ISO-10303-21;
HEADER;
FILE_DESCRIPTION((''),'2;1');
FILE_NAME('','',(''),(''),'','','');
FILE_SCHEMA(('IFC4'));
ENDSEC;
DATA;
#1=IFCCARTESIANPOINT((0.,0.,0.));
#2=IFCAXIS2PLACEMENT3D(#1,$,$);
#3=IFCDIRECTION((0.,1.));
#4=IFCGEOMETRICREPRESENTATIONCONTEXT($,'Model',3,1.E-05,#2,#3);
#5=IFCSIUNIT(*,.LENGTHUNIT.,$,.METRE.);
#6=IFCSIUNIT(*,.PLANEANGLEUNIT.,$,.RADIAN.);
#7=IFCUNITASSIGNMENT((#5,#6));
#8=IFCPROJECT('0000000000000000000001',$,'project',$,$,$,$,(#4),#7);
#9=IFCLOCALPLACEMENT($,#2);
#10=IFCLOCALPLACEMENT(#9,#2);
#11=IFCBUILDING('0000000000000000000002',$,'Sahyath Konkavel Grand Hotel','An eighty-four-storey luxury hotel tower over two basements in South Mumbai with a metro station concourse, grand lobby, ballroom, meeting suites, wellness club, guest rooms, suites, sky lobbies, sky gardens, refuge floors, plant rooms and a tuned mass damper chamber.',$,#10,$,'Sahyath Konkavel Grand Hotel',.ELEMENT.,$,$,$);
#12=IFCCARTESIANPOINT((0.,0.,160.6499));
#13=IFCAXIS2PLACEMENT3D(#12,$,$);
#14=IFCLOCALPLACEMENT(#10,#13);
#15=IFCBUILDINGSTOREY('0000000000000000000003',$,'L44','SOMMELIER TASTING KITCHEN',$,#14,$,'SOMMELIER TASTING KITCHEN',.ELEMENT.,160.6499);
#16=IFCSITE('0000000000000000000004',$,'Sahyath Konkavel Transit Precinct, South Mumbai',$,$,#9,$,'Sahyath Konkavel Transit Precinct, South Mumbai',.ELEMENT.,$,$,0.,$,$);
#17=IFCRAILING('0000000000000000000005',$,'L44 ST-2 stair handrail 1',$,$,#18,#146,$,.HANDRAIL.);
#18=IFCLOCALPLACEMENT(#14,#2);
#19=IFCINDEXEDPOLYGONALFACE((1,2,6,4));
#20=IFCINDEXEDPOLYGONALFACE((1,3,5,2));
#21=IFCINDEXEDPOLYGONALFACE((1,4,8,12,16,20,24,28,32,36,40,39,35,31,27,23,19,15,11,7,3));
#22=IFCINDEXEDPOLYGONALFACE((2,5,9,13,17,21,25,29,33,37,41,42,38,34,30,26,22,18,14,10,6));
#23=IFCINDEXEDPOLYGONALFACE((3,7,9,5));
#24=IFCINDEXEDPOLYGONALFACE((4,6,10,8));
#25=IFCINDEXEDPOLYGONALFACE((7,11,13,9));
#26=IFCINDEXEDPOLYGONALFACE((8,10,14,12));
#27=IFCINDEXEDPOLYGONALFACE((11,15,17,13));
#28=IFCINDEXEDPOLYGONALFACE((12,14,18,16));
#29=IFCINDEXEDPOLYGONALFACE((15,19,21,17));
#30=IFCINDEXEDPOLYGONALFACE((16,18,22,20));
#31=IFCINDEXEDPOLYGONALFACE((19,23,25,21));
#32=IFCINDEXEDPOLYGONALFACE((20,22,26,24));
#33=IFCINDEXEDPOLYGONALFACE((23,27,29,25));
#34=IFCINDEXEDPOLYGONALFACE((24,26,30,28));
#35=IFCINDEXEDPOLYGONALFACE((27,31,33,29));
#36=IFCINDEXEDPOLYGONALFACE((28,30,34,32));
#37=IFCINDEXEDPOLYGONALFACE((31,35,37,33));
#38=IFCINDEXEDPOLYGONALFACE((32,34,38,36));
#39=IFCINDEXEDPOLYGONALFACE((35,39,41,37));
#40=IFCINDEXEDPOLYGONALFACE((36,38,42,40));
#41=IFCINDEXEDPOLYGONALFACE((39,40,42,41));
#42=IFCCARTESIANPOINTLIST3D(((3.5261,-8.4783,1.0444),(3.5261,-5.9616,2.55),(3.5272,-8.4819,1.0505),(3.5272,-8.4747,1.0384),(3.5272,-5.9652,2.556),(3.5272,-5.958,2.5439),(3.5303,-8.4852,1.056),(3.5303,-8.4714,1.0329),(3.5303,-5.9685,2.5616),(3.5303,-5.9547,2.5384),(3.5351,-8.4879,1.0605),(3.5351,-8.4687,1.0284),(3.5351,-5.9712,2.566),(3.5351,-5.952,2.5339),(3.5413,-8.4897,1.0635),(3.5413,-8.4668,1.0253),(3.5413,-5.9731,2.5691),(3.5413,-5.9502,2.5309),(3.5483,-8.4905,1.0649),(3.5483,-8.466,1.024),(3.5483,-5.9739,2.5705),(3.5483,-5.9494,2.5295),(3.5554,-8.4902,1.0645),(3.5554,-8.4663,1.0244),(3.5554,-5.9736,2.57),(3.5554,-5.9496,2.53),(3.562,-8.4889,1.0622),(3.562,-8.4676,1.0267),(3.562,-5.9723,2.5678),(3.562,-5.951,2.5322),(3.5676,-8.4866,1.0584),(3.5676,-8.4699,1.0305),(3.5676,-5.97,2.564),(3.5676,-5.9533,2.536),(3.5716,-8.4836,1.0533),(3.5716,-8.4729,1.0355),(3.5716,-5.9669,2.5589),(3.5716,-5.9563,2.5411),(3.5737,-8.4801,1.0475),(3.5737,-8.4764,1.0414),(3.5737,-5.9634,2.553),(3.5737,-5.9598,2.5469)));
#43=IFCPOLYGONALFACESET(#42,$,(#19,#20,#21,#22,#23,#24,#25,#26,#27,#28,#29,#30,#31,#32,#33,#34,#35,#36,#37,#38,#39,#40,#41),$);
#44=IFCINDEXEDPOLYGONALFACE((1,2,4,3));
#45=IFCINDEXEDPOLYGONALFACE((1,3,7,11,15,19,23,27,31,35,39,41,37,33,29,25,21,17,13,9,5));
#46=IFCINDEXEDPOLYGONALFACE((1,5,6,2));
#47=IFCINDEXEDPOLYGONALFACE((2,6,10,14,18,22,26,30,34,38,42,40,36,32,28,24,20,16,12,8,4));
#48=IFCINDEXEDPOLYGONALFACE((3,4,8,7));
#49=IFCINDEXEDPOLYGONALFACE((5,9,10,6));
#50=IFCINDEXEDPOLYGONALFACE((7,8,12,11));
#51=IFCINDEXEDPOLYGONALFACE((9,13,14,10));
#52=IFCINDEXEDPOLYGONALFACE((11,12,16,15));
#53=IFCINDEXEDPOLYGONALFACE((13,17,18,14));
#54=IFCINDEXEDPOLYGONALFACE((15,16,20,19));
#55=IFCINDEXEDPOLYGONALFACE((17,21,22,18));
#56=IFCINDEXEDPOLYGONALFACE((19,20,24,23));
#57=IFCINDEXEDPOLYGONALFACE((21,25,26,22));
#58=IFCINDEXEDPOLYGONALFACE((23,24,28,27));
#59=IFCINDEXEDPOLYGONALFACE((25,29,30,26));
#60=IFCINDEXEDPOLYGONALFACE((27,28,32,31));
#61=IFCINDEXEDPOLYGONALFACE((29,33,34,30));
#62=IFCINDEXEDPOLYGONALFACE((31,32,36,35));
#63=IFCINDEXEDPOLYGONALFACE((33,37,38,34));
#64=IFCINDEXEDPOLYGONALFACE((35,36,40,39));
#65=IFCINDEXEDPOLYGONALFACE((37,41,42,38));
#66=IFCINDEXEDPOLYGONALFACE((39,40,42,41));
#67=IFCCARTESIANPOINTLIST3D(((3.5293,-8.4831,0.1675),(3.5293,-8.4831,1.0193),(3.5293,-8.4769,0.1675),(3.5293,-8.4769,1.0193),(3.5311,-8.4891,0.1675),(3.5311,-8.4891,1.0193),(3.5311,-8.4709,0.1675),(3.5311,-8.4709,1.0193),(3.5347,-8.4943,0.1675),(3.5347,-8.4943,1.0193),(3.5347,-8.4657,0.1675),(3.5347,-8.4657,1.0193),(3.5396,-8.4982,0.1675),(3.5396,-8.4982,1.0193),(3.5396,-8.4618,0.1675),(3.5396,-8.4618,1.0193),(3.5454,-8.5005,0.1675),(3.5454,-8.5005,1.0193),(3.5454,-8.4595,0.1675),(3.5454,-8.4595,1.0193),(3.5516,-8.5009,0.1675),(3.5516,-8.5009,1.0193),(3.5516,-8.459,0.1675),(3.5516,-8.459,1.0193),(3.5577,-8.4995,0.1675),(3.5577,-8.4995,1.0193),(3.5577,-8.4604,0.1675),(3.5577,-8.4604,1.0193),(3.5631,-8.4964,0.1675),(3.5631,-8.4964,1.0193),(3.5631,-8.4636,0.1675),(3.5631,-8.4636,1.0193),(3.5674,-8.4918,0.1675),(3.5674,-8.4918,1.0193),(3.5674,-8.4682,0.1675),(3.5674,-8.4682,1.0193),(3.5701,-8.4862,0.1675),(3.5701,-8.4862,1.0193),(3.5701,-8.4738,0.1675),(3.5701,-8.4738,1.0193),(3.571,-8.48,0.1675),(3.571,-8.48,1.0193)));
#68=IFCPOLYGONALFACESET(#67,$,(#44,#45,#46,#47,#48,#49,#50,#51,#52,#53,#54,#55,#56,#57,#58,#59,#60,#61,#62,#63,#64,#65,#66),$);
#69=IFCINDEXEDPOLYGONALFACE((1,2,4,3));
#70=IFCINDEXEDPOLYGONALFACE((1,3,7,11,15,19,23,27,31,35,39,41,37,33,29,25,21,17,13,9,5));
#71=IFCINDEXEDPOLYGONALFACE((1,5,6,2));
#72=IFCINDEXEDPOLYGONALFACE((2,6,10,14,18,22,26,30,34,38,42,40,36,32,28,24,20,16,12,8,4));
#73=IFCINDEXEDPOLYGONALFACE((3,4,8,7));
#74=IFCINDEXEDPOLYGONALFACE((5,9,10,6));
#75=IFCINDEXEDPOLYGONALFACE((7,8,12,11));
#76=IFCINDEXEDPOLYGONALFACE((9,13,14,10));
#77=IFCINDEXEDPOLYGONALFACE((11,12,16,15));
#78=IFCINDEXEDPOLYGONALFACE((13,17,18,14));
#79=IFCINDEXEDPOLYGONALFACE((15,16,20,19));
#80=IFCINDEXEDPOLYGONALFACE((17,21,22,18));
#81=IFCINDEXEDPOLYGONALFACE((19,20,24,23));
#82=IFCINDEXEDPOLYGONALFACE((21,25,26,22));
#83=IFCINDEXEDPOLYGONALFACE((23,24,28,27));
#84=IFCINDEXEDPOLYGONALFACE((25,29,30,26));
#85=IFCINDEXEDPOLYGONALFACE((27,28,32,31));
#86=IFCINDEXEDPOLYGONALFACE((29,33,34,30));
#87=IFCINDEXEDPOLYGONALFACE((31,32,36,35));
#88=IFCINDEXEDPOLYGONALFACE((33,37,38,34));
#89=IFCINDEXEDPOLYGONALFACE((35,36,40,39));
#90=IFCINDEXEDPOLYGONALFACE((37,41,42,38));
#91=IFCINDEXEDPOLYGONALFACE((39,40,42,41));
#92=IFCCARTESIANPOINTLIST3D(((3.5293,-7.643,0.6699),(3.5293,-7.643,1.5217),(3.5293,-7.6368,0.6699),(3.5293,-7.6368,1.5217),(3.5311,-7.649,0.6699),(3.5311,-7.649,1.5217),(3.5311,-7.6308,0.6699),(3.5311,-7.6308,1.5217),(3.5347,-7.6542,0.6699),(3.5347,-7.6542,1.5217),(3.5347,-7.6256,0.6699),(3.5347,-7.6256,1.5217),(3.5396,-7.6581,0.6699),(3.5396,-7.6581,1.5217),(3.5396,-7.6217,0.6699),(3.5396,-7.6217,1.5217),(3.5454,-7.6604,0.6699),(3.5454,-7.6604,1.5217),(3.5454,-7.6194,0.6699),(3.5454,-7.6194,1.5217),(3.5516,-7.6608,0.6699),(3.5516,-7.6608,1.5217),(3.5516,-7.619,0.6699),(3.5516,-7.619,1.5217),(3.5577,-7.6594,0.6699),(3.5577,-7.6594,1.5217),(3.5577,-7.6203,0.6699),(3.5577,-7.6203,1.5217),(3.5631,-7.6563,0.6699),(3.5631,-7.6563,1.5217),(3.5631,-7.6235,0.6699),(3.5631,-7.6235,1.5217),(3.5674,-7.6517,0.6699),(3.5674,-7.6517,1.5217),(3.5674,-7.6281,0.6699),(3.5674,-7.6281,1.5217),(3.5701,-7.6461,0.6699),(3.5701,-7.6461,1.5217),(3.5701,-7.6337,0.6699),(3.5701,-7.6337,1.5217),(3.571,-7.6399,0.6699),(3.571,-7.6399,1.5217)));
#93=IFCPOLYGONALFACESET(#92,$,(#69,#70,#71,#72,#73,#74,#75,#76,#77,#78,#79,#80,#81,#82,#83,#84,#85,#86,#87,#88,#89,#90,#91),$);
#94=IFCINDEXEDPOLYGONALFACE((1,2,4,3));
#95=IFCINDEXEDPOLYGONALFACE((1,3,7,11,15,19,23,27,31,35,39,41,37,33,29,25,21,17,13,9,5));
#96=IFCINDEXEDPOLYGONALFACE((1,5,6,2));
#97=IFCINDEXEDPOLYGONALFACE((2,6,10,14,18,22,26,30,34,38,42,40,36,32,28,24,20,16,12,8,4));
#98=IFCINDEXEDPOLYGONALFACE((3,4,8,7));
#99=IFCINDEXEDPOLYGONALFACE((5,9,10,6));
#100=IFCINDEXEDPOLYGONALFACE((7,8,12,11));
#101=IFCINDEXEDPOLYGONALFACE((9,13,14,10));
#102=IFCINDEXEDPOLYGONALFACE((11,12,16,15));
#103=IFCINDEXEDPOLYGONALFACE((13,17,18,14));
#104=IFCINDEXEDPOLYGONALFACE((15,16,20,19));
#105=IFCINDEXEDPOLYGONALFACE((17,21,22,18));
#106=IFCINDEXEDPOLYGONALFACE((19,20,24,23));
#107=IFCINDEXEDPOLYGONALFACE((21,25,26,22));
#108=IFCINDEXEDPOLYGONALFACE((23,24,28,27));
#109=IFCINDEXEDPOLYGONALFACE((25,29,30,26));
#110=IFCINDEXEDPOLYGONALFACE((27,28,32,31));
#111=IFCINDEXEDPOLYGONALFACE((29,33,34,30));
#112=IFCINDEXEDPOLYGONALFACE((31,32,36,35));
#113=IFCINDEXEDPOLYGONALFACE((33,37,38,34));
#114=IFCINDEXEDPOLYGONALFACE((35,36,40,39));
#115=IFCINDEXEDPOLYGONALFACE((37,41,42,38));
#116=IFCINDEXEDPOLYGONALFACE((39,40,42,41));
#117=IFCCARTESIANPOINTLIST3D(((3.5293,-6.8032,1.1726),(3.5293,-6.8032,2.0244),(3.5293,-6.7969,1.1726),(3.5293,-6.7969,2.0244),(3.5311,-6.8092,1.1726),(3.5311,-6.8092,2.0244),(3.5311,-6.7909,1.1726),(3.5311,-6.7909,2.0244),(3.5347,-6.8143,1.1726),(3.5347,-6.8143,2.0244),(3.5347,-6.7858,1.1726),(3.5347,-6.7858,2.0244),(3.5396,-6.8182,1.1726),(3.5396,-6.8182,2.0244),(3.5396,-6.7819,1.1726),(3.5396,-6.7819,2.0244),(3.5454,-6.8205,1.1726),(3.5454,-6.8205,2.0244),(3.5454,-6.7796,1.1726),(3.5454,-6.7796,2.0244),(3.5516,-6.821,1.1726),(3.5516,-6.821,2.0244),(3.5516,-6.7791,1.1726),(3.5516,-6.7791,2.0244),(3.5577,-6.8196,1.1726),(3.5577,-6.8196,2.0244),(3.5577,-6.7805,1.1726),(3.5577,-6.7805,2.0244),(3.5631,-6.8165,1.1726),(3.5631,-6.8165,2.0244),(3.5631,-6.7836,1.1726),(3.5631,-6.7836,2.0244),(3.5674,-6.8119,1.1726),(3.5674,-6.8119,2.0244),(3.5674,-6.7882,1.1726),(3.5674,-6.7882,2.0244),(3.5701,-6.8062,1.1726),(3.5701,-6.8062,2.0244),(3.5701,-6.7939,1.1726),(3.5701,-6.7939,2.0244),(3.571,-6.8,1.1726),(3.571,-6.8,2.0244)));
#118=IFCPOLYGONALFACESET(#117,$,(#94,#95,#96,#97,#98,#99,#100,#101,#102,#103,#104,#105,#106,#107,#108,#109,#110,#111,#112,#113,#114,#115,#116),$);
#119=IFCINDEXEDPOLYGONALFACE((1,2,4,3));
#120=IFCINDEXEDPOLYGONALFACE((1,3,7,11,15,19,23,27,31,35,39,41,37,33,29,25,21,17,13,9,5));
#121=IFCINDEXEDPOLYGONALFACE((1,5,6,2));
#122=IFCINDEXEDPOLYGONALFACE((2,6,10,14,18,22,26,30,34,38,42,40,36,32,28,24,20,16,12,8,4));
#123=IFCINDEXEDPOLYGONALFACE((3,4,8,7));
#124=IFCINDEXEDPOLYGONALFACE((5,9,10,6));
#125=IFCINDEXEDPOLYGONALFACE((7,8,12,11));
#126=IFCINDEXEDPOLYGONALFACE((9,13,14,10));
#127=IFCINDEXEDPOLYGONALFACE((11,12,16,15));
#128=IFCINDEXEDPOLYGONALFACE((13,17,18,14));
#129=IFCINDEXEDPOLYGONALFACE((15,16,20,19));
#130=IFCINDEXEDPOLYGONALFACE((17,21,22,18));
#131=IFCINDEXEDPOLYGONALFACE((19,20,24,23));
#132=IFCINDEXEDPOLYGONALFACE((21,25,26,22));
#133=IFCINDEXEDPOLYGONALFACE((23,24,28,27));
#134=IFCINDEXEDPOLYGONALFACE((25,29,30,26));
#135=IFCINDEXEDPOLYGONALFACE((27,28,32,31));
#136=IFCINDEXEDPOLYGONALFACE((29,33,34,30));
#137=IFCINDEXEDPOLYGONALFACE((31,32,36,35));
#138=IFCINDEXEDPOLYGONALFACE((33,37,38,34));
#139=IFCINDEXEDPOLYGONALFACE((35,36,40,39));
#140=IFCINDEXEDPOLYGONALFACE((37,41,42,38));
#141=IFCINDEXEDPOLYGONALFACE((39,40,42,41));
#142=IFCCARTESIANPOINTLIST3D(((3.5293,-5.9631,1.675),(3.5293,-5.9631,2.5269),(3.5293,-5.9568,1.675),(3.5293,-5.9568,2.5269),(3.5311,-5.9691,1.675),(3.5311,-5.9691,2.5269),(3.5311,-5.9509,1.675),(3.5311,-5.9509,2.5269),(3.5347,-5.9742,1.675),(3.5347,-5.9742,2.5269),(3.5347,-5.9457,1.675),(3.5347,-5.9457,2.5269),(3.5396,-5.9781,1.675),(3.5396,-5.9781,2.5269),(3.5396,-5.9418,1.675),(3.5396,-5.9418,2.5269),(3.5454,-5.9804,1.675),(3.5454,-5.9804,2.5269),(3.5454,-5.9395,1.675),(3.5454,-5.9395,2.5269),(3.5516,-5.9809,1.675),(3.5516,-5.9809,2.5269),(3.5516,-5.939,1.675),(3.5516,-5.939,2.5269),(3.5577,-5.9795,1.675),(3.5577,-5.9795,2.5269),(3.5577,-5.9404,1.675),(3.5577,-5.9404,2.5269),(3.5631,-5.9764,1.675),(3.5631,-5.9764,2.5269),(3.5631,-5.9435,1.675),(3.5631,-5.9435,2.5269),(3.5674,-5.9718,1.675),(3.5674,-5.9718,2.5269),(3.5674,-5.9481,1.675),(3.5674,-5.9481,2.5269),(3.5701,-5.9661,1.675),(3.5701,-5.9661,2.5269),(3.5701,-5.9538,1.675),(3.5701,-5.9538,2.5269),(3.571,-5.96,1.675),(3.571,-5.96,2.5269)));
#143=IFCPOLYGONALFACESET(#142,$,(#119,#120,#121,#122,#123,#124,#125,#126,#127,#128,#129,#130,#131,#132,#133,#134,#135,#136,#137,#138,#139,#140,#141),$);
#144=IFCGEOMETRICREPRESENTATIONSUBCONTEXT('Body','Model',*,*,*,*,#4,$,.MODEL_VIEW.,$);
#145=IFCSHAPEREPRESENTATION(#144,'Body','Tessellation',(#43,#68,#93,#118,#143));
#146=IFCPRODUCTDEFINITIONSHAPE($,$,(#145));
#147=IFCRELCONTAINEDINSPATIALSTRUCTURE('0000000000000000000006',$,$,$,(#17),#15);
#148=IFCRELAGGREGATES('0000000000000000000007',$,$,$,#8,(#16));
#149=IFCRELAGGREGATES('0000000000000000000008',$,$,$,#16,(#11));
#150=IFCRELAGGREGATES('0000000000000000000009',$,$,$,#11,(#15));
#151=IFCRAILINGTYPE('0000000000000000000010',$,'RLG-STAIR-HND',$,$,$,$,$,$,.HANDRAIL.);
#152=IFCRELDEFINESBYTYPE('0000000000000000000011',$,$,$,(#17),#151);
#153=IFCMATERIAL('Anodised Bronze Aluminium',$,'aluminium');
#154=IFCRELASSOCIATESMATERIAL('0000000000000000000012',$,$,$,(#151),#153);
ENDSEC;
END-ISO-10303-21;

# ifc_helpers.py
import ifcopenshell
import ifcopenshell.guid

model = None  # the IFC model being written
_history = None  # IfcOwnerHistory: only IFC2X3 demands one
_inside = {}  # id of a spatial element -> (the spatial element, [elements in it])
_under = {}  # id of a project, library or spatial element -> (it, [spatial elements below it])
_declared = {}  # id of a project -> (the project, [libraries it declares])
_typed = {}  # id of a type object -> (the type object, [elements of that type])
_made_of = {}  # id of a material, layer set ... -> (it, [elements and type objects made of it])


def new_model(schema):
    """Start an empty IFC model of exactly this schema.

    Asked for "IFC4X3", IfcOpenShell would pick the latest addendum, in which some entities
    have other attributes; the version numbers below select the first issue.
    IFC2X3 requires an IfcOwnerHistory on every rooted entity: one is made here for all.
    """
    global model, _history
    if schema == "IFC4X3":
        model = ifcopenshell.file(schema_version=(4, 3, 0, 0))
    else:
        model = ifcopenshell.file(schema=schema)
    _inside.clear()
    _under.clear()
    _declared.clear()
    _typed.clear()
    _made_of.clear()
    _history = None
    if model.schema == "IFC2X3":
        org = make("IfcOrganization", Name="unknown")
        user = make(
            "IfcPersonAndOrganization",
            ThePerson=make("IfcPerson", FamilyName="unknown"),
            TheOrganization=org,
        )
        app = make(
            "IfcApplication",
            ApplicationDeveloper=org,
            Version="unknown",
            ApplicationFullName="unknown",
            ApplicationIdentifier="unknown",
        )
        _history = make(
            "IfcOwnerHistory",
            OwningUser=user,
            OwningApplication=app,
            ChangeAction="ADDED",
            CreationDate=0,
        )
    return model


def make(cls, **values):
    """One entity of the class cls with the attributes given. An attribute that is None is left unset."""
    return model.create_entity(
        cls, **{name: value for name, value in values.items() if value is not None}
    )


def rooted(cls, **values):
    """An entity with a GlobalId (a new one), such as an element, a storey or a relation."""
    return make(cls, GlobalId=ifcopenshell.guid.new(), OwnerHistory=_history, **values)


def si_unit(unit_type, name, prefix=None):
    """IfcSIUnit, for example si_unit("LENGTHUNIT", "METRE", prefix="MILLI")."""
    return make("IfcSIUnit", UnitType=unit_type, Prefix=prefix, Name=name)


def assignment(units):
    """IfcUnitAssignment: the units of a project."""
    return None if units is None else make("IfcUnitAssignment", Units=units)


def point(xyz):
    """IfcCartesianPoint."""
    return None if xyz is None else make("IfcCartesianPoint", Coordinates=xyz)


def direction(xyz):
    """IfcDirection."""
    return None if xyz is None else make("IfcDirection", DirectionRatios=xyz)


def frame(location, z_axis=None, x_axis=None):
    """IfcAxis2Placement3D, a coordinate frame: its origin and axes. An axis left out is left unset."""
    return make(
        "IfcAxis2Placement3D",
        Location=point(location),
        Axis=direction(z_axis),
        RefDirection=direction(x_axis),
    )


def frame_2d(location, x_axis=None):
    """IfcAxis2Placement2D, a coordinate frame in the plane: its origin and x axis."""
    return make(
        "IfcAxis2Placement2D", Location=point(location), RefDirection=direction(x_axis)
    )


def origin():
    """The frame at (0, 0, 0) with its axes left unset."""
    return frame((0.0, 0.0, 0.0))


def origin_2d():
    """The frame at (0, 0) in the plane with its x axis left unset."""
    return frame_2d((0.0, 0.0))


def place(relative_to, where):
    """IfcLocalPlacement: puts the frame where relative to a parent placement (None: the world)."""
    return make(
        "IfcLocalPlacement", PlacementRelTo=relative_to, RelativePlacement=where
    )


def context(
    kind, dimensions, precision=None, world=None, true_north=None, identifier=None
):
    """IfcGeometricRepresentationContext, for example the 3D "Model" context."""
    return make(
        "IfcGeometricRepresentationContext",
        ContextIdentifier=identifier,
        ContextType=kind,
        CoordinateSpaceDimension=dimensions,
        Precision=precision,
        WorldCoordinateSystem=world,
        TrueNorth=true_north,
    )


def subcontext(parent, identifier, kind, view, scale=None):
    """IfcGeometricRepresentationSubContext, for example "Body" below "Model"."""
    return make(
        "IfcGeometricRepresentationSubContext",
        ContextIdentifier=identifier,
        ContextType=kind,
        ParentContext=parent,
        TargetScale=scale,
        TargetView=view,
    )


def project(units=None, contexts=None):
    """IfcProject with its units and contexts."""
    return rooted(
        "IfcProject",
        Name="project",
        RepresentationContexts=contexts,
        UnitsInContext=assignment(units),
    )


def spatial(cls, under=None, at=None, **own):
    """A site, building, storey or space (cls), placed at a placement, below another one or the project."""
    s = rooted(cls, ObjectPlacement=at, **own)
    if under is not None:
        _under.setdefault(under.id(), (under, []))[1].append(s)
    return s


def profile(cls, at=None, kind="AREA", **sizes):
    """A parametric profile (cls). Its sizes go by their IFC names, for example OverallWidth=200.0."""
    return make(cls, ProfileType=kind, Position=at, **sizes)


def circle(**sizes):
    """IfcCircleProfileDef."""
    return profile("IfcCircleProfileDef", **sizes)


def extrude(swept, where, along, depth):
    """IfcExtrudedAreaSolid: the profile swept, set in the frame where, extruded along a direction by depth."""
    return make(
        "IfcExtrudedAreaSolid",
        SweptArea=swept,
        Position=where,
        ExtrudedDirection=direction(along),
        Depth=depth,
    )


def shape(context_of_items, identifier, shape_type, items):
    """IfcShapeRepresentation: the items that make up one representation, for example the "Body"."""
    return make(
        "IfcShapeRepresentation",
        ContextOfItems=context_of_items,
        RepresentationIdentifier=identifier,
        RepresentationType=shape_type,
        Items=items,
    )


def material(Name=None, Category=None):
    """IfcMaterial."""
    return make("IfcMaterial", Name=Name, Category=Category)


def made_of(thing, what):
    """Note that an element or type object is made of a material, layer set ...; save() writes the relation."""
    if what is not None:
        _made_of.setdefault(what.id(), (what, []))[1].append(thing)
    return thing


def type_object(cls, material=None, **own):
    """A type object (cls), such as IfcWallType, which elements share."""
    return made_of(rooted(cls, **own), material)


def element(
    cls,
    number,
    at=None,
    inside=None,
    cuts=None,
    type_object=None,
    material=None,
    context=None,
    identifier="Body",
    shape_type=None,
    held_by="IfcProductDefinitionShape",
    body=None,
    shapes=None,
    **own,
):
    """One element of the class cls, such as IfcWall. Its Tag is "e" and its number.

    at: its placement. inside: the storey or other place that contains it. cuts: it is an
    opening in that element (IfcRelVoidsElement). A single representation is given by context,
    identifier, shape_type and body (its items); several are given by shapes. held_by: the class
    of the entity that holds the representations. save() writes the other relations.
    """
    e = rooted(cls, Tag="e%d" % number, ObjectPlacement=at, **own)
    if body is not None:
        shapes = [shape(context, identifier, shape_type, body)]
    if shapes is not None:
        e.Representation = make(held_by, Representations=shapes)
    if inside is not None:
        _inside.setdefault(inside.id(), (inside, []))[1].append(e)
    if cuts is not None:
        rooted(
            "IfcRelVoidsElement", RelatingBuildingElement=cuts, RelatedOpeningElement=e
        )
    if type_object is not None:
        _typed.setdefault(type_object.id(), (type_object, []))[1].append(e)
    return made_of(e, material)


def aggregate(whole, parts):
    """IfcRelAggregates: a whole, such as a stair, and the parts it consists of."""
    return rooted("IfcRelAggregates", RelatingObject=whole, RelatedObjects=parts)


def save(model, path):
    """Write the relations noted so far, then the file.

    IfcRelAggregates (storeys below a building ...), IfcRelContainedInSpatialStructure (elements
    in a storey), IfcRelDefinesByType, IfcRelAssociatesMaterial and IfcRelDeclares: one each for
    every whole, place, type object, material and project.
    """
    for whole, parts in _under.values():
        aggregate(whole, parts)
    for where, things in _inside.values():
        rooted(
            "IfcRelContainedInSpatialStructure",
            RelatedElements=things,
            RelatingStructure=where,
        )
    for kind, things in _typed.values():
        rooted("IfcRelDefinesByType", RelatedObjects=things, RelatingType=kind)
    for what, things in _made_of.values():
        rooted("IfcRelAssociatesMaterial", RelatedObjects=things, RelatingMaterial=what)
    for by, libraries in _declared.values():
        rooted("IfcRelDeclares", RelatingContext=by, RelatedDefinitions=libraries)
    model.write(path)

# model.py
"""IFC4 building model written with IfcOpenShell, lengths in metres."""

from ifc_helpers import new_model, si_unit, direction, frame, origin, origin_2d, place, context, subcontext, project, spatial, circle, extrude, material, type_object, element, save


model = new_model("IFC4")

# Units and contexts
model_context = context("Model", 3, precision=1e-05, world=origin(), true_north=direction((0.0, 1.0)))
body_context = subcontext(model_context, "Body", "Model", "MODEL_VIEW")
ifc_project = project(units=[si_unit("LENGTHUNIT", "METRE"), si_unit("PLANEANGLEUNIT", "RADIAN")], contexts=[model_context])

# Site, building, storey
site_placement = place(None, origin())
site = spatial("IfcSite", under=ifc_project, at=site_placement, Name="Sahyath Konkavel Transit Precinct, South Mumbai", LongName="Sahyath Konkavel Transit Precinct, South Mumbai", CompositionType="ELEMENT", RefElevation=0.0)
building_placement = place(site_placement, origin())
building = spatial("IfcBuilding", under=site, at=building_placement, Name="Sahyath Konkavel Grand Hotel", Description="An eighty-four-storey luxury hotel tower over two basements in South Mumbai with a metro station concourse, grand lobby, ballroom, meeting suites, wellness club, guest rooms, suites, sky lobbies, sky gardens, refuge floors, plant rooms and a tuned mass damper chamber.", LongName="Sahyath Konkavel Grand Hotel", CompositionType="ELEMENT")
storey_placement = place(building_placement, frame((0.0, 0.0, 160.6499)))
storey = spatial("IfcBuildingStorey", under=building, at=storey_placement, Name="L44", Description="SOMMELIER TASTING KITCHEN", LongName="SOMMELIER TASTING KITCHEN", CompositionType="ELEMENT", Elevation=160.6499)

# Railing
ifc_material_1 = material(Name="Anodised Bronze Aluminium", Category="aluminium")
railing_type_1 = type_object("IfcRailingType", Name="RLG-STAIR-HND", PredefinedType="HANDRAIL", material=ifc_material_1)
railing_1_placement = place(storey_placement, frame((3.55, -8.48, 0.1675)))
element("IfcRailing", 1, at=railing_1_placement, inside=storey, type_object=railing_type_1, Name="L44 ST-2 stair handrail 1", PredefinedType="HANDRAIL", context=body_context, shape_type="SweptSolid", body=[
    extrude(circle(Radius=0.0239, at=origin_2d()), frame((0.0, 0.0017, 0.877), z_axis=(0.0, 0.85816, 0.513383), x_axis=(-1.0, 0.0, 0.0)), (0.0, 0.0, 1.0), 2.9326),
    extrude(circle(Radius=0.021, at=origin_2d()), origin(), (0.0, 0.0, 1.0), 0.8518),
    extrude(circle(Radius=0.021, at=origin_2d()), frame((0.0, 0.8401, 0.5024)), (0.0, 0.0, 1.0), 0.8518),
    extrude(circle(Radius=0.021, at=origin_2d()), frame((0.0, 1.6799, 1.0051)), (0.0, 0.0, 1.0), 0.8518),
    extrude(circle(Radius=0.021, at=origin_2d()), frame((0.0, 2.52, 1.5076)), (0.0, 0.0, 1.0), 0.8518),
])

save(model, "model.ifc")
